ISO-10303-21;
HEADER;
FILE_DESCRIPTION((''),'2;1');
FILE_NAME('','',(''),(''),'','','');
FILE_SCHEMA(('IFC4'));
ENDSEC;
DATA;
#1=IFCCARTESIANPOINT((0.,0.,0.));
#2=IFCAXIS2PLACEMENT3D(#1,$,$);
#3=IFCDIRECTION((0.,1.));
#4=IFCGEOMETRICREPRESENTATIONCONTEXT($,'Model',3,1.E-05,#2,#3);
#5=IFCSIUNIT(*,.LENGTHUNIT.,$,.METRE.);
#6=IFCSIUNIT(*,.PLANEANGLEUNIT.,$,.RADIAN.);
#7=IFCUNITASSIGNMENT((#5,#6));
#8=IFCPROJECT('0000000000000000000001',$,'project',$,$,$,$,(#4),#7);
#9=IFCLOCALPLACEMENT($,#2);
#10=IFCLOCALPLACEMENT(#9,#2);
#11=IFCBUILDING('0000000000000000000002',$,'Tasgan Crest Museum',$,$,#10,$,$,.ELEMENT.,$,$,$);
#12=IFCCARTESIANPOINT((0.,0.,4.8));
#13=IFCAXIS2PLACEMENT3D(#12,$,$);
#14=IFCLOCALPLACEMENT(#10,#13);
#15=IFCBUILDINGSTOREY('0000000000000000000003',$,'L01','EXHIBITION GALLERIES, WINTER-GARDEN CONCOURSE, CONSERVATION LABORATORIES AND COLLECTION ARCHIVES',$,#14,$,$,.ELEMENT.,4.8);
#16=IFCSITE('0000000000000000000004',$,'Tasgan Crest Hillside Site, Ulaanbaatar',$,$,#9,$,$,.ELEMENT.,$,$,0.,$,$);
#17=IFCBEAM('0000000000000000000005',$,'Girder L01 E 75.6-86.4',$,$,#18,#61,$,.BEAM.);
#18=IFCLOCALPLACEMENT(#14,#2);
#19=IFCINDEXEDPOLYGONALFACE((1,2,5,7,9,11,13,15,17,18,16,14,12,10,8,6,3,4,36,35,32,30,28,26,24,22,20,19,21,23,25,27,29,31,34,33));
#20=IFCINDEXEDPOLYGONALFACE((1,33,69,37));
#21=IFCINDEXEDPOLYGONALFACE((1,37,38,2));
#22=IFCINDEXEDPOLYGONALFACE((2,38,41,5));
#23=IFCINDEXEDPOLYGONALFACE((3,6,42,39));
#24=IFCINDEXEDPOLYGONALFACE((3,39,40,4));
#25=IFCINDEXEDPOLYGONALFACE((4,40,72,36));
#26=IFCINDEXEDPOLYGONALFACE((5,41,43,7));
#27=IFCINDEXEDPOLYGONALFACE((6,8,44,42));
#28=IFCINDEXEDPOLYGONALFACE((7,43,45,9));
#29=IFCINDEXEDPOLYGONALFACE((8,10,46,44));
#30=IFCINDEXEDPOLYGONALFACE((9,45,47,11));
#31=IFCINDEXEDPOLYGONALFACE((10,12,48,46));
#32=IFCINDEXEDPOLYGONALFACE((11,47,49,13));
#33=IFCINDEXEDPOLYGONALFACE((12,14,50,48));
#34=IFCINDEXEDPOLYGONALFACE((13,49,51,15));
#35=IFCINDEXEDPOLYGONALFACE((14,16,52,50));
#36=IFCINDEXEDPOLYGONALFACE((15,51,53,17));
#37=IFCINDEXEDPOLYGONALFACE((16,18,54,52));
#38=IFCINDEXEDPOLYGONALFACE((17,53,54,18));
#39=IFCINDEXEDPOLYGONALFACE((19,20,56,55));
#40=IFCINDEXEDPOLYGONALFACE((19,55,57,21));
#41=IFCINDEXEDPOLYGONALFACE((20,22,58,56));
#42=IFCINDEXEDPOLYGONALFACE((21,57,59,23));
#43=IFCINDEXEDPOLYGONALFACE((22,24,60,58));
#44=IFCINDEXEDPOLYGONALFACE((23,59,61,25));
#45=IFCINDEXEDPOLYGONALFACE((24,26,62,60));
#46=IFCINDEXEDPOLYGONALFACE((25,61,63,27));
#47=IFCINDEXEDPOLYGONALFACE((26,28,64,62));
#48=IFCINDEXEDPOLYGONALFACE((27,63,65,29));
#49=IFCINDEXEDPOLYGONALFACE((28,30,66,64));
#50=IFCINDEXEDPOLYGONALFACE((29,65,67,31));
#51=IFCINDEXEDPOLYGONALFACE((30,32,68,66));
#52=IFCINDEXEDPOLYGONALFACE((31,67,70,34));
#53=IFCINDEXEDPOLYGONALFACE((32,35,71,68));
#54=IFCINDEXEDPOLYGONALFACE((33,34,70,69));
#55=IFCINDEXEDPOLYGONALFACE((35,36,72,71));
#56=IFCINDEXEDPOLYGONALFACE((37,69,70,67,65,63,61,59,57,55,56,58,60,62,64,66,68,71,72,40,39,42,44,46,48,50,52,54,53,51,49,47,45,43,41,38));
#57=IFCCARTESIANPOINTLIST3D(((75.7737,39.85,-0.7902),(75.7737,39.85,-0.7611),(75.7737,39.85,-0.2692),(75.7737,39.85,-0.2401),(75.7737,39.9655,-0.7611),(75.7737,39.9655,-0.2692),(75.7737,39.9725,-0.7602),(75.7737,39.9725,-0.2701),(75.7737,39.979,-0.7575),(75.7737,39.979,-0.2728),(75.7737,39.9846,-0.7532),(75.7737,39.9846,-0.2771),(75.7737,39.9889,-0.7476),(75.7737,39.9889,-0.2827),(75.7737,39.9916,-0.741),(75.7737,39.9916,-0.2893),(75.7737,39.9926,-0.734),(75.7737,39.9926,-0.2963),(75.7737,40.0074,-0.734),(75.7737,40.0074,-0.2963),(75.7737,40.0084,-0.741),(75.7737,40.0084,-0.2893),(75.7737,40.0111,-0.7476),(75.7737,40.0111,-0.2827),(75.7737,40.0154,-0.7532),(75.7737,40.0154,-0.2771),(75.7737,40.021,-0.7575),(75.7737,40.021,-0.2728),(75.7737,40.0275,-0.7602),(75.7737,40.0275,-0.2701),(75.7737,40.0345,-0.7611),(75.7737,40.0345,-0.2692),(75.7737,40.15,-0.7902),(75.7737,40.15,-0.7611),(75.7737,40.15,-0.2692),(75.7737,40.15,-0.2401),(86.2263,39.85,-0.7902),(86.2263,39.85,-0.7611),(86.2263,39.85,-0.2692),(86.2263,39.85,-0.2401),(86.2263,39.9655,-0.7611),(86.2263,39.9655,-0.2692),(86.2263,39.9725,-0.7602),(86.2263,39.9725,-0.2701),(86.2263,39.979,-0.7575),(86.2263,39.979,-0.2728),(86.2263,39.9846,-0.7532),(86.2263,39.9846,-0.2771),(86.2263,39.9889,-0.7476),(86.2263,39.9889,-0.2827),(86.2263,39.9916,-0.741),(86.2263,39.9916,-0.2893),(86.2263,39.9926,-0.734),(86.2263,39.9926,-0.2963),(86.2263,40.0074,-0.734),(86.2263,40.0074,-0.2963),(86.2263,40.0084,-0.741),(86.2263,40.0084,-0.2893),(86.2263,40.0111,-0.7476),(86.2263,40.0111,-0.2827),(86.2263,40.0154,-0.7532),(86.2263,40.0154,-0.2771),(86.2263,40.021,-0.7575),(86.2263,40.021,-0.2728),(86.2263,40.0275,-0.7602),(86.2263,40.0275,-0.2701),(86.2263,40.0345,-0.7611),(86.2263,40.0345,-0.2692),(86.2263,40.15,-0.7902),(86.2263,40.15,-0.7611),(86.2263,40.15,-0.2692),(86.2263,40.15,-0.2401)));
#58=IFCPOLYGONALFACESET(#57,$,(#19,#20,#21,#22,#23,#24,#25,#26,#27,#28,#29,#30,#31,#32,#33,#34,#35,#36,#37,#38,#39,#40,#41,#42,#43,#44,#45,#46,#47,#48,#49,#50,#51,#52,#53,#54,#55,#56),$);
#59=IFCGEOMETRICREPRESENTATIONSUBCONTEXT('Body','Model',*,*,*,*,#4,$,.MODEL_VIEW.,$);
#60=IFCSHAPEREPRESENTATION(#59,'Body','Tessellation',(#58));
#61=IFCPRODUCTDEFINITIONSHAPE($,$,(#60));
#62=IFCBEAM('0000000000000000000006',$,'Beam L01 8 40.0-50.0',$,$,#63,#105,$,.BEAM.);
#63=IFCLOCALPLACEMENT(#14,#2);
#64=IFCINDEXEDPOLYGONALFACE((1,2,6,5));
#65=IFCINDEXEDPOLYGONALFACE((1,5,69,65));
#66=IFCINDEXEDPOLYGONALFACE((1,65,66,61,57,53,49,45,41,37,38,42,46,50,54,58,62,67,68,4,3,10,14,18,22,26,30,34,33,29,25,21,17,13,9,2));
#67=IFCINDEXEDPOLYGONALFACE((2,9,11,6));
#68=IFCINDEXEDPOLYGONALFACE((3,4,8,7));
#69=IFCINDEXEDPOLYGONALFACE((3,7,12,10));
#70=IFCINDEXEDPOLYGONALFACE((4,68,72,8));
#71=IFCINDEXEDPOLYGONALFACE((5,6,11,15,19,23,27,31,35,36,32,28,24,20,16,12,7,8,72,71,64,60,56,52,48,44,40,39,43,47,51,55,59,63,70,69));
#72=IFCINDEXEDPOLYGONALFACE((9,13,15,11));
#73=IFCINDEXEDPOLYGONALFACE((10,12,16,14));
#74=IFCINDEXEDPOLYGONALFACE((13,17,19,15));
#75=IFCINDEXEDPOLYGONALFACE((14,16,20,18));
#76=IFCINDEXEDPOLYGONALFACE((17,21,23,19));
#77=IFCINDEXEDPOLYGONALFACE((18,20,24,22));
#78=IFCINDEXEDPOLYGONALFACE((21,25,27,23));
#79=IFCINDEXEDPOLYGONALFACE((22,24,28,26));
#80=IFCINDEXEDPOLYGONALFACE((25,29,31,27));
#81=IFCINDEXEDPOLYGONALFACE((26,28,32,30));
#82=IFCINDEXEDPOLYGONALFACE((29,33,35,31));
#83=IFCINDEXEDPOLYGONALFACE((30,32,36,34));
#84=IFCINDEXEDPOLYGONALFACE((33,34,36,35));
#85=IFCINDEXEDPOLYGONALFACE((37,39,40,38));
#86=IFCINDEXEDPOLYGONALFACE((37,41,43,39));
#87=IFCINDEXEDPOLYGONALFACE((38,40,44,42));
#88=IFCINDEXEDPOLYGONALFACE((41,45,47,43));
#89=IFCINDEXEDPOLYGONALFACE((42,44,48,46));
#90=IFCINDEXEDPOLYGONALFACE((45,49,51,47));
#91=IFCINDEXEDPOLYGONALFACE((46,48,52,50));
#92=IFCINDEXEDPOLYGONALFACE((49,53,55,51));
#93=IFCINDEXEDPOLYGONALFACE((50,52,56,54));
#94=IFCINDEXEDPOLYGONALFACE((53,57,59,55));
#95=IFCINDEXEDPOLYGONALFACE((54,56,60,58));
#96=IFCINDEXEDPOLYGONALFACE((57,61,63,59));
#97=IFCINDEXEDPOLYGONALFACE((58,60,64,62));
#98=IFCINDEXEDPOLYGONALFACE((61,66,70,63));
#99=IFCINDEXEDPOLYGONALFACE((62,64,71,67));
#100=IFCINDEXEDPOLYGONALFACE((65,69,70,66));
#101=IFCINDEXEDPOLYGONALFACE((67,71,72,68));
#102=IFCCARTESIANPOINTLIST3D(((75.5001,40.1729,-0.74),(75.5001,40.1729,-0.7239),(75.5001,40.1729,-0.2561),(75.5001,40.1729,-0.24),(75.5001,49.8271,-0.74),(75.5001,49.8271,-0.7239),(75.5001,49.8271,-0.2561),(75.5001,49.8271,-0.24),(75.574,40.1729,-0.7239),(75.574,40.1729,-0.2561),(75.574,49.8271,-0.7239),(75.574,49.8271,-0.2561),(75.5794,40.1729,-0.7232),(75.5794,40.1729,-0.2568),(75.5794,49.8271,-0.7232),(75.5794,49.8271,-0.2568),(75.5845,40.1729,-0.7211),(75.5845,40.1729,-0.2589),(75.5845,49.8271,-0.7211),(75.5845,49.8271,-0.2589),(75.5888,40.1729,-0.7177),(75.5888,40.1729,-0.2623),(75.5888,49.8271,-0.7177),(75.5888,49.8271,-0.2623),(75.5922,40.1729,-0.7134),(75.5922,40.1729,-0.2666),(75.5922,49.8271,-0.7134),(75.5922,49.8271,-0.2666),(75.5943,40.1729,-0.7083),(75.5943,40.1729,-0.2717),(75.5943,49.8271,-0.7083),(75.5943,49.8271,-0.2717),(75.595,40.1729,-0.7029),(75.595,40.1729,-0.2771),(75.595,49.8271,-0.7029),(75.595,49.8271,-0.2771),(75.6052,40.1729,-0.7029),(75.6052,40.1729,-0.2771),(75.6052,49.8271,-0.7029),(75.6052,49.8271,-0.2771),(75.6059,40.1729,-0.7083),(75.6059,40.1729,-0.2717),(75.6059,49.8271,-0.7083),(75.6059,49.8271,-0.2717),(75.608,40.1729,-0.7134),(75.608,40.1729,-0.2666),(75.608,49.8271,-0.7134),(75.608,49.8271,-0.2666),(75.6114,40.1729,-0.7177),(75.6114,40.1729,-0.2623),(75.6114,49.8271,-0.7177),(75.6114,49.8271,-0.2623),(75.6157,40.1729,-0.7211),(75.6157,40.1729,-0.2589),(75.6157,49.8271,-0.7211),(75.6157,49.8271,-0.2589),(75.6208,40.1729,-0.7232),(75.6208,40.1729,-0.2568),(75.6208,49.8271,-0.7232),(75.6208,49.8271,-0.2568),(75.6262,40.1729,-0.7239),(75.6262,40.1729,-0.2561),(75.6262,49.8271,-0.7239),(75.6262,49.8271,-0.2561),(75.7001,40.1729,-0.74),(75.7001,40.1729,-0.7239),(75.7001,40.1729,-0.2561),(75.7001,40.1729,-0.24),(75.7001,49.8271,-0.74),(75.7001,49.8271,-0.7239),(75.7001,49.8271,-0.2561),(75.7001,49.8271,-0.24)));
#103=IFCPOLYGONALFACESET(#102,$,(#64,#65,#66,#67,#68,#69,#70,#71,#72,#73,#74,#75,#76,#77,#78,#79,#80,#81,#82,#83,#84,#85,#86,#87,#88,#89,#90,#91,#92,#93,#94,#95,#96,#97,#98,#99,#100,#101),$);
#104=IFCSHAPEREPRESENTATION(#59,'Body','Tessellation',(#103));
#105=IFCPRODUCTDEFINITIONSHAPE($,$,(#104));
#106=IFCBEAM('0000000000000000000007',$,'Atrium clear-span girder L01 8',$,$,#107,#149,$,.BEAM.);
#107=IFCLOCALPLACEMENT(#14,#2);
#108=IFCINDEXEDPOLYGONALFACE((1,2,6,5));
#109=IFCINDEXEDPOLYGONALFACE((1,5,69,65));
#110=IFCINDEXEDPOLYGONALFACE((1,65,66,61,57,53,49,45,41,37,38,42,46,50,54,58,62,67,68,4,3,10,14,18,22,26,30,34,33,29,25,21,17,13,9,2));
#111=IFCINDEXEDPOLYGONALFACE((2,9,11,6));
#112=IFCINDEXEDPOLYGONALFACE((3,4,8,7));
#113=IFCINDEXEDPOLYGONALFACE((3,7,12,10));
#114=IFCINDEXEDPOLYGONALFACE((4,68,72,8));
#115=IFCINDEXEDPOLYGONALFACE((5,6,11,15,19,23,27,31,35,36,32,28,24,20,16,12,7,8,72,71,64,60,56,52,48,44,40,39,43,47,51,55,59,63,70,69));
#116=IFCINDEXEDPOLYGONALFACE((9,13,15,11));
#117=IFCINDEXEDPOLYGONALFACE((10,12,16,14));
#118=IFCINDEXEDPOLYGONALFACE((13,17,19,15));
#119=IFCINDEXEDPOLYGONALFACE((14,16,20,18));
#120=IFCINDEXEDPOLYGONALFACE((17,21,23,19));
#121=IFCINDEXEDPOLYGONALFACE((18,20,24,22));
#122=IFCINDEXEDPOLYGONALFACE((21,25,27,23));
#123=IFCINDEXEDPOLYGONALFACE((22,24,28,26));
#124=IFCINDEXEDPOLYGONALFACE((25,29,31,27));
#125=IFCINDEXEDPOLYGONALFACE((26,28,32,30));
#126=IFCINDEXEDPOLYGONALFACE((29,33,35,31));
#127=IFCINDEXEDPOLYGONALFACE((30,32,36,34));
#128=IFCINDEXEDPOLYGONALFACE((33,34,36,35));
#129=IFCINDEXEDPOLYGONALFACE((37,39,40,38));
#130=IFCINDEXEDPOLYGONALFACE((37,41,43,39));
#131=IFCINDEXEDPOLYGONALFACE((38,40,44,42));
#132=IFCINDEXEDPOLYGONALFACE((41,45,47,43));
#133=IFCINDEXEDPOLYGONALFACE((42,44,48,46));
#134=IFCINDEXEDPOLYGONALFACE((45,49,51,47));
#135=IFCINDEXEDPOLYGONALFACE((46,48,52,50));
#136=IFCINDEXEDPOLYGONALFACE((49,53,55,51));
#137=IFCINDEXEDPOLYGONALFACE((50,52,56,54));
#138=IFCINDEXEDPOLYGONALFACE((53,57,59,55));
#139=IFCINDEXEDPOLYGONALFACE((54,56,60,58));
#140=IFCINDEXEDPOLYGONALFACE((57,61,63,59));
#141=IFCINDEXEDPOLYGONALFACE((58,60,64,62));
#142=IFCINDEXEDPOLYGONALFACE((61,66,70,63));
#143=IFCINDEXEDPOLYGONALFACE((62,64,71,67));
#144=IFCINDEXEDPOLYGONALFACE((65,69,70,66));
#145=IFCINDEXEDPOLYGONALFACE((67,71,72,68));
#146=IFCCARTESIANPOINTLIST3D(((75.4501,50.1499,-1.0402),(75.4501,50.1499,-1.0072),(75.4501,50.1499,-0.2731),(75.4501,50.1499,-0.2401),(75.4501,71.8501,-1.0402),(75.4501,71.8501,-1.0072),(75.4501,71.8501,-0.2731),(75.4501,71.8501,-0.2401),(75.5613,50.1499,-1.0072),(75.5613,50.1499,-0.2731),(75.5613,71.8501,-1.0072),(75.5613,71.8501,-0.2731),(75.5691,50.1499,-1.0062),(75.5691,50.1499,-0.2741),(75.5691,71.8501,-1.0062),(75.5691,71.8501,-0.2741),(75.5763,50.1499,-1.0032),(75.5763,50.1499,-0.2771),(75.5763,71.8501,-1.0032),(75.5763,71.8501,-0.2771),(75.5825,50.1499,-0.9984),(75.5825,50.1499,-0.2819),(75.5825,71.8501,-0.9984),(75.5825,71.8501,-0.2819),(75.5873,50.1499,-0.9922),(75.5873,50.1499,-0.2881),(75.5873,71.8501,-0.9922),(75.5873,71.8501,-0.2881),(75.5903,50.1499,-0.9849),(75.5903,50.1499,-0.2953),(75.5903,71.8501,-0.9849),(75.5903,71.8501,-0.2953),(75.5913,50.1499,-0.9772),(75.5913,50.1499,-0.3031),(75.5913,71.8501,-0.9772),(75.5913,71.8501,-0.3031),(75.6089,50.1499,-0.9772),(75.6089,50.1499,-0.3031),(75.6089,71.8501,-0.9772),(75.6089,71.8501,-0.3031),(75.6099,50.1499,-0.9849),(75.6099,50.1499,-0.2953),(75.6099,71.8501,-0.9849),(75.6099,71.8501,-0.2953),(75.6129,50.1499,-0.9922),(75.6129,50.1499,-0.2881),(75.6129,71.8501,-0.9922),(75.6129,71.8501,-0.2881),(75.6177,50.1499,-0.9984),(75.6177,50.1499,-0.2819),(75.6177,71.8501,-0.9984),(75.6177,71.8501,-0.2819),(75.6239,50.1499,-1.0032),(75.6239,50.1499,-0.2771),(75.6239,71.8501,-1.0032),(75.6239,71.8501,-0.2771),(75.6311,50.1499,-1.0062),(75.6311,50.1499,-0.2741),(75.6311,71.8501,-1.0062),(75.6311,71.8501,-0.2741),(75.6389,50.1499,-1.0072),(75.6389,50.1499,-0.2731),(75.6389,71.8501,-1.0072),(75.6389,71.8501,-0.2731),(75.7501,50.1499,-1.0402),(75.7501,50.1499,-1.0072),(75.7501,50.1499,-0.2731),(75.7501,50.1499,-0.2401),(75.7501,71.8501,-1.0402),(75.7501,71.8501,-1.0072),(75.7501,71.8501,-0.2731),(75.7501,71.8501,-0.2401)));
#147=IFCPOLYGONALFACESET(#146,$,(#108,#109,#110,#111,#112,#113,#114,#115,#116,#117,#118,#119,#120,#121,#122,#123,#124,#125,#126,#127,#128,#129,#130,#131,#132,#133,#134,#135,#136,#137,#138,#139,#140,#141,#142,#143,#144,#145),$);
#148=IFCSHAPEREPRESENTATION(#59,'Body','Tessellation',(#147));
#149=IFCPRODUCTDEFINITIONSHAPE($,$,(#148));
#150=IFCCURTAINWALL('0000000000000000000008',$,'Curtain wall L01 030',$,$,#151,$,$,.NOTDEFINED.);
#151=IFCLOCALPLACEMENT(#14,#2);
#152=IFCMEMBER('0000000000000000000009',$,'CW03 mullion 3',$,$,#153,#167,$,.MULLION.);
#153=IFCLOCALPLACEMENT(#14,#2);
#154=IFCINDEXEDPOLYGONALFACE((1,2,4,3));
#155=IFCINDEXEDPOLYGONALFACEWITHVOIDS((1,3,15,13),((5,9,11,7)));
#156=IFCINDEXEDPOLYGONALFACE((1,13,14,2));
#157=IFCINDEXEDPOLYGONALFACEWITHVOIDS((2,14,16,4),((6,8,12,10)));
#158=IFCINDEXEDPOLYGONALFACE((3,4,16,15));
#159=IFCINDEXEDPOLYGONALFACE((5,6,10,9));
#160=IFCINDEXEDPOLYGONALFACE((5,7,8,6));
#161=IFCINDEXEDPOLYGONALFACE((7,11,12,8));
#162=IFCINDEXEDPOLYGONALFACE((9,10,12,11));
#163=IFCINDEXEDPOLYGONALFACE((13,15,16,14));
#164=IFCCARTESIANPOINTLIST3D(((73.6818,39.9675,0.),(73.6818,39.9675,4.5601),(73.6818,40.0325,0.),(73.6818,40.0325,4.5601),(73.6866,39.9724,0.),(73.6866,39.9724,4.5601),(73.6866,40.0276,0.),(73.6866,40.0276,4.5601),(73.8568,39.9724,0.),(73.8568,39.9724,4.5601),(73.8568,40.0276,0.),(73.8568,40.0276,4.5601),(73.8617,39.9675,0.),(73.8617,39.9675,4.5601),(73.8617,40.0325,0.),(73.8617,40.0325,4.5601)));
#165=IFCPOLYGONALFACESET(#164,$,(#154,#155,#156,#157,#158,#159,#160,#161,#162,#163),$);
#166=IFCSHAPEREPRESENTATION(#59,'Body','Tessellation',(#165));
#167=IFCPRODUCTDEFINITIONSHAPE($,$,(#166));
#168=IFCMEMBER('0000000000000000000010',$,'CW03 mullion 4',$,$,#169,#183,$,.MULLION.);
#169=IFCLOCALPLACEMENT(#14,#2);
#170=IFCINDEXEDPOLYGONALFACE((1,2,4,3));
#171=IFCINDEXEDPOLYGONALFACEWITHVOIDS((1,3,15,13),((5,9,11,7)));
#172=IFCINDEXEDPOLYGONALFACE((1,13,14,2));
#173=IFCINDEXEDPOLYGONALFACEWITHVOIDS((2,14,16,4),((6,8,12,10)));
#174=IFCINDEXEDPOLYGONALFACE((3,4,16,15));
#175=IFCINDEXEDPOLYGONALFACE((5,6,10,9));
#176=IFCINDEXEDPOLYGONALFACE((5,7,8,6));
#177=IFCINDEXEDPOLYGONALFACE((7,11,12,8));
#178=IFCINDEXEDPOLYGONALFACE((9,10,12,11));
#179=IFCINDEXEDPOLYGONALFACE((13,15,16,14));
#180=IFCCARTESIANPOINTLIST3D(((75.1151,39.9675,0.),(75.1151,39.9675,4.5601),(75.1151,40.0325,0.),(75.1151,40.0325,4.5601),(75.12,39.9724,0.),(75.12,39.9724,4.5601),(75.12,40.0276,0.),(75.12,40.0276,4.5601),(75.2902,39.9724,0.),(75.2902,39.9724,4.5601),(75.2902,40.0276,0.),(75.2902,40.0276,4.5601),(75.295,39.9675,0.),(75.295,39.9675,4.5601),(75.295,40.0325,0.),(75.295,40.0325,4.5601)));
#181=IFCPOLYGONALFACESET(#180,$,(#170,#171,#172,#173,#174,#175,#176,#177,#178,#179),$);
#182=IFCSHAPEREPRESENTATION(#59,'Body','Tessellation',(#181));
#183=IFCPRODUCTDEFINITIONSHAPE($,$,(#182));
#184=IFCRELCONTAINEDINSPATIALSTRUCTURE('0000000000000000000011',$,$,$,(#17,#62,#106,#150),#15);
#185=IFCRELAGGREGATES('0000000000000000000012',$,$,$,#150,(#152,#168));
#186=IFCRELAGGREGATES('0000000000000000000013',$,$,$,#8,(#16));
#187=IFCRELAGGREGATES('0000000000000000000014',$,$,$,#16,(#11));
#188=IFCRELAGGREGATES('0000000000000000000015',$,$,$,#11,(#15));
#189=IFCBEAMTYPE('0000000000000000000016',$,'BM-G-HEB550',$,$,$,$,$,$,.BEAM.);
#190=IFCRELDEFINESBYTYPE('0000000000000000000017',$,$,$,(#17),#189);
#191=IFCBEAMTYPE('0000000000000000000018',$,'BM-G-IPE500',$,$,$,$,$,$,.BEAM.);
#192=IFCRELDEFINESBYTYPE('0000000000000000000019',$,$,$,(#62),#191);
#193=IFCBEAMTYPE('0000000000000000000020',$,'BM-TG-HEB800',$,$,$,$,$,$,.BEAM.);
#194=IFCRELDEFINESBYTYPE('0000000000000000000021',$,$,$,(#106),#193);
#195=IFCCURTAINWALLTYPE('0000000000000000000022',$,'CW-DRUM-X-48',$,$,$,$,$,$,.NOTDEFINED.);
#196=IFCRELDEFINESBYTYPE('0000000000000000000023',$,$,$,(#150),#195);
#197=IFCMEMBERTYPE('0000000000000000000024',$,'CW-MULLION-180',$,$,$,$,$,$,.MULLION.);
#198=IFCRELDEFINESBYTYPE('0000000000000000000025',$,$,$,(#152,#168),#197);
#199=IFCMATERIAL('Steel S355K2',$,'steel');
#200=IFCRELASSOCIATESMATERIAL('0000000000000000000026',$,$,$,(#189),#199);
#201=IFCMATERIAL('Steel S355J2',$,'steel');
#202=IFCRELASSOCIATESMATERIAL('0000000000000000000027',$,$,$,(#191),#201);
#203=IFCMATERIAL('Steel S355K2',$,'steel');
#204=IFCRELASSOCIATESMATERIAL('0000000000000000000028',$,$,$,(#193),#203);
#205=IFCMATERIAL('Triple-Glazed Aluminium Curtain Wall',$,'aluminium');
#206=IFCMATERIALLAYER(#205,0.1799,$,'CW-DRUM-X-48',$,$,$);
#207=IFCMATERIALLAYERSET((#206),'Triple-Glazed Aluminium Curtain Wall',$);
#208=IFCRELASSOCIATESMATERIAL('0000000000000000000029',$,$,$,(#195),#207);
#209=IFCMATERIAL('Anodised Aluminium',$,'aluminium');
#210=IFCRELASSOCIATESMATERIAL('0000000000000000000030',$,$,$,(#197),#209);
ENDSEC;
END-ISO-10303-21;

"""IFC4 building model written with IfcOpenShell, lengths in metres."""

from ifc_helpers import new_model, si_unit, direction, frame, origin, origin_2d, place, context, subcontext, project, spatial, hollow_rectangle, i_section, extrude, material, layer, layer_set, material_profile, profile_set, type_object, element, aggregate, save


model = new_model("IFC4")

# Units and contexts
model_context = context("Model", 3, precision=1e-05, world=origin(), true_north=direction((0.0, 1.0)))
body_context = subcontext(model_context, "Body", "Model", "MODEL_VIEW")
ifc_project = project(units=[si_unit("LENGTHUNIT", "METRE"), si_unit("PLANEANGLEUNIT", "RADIAN")], contexts=[model_context])

# Site, building, storey
site_placement = place(None, origin())
site = spatial("IfcSite", under=ifc_project, at=site_placement, Name="Tasgan Crest Hillside Site, Ulaanbaatar", CompositionType="ELEMENT", RefElevation=0.0)
building_placement = place(site_placement, origin())
building = spatial("IfcBuilding", under=site, at=building_placement, Name="Tasgan Crest Museum", CompositionType="ELEMENT")
storey_placement = place(building_placement, frame((0.0, 0.0, 4.8)))
storey = spatial("IfcBuildingStorey", under=building, at=storey_placement, Name="L01", Description="EXHIBITION GALLERIES, WINTER-GARDEN CONCOURSE, CONSERVATION LABORATORIES AND COLLECTION ARCHIVES", CompositionType="ELEMENT", Elevation=4.8)

# Beams
ifc_material_1 = material(Name="Steel S355K2", Category="steel")
ifc_material_profile_1 = material_profile(ifc_material_1, i_section(OverallWidth=0.3, OverallDepth=0.55, WebThickness=0.0149, FlangeThickness=0.0291, FilletRadius=0.0271, at=origin_2d()), Name="HEB 550")
ifc_profile_set_1 = profile_set([ifc_material_profile_1], Name="Steel S355K2")
beam_type_1 = type_object("IfcBeamType", Name="BM-G-HEB550", PredefinedType="BEAM", material=ifc_profile_set_1)
beam_1_placement = place(storey_placement, frame((75.7737, 40.0, -0.5151), z_axis=(1.0, 0.0, 0.0), x_axis=(0.0, 1.0, 0.0)))
element("IfcBeam", 1, at=beam_1_placement, inside=storey, type_object=beam_type_1, Name="Girder L01 E 75.6-86.4", PredefinedType="BEAM", context=body_context, shape_type="SweptSolid", body=[
    extrude(i_section(OverallWidth=0.3, OverallDepth=0.55, WebThickness=0.0149, FlangeThickness=0.0291, FilletRadius=0.0271, at=origin_2d()), origin(), (0.0, 0.0, 1.0), 10.4526),
])
ifc_material_2 = material(Name="Steel S355J2", Category="steel")
ifc_material_profile_2 = material_profile(ifc_material_2, i_section(OverallWidth=0.2, OverallDepth=0.5, WebThickness=0.0103, FlangeThickness=0.0161, FilletRadius=0.021, at=origin_2d()), Name="IPE 500")
ifc_profile_set_2 = profile_set([ifc_material_profile_2], Name="Steel S355J2")
beam_type_2 = type_object("IfcBeamType", Name="BM-G-IPE500", PredefinedType="BEAM", material=ifc_profile_set_2)
beam_2_placement = place(storey_placement, frame((75.6001, 40.1729, -0.49), z_axis=(0.0, 1.0, 0.0), x_axis=(-1.0, 0.0, 0.0)))
element("IfcBeam", 2, at=beam_2_placement, inside=storey, type_object=beam_type_2, Name="Beam L01 8 40.0-50.0", PredefinedType="BEAM", context=body_context, shape_type="SweptSolid", body=[
    extrude(i_section(OverallWidth=0.2, OverallDepth=0.5, WebThickness=0.0103, FlangeThickness=0.0161, FilletRadius=0.021, at=origin_2d()), origin(), (0.0, 0.0, 1.0), 9.6543),
])
ifc_material_3 = material(Name="Steel S355K2", Category="steel")
ifc_material_profile_3 = material_profile(ifc_material_3, i_section(OverallWidth=0.3, OverallDepth=0.8, WebThickness=0.0176, FlangeThickness=0.033, FilletRadius=0.03, at=origin_2d()), Name="HEB 800")
ifc_profile_set_3 = profile_set([ifc_material_profile_3], Name="Steel S355K2")
beam_type_3 = type_object("IfcBeamType", Name="BM-TG-HEB800", PredefinedType="BEAM", material=ifc_profile_set_3)
beam_3_placement = place(storey_placement, frame((75.6001, 50.1499, -0.6401), z_axis=(0.0, 1.0, 0.0), x_axis=(-1.0, 0.0, 0.0)))
element("IfcBeam", 3, at=beam_3_placement, inside=storey, type_object=beam_type_3, Name="Atrium clear-span girder L01 8", PredefinedType="BEAM", context=body_context, shape_type="SweptSolid", body=[
    extrude(i_section(OverallWidth=0.3, OverallDepth=0.8, WebThickness=0.0176, FlangeThickness=0.033, FilletRadius=0.03, at=origin_2d()), origin(), (0.0, 0.0, 1.0), 21.7002),
])

# Curtain wall, members
ifc_material_4 = material(Name="Triple-Glazed Aluminium Curtain Wall", Category="aluminium")
ifc_layer_1 = layer(ifc_material_4, 0.1799, Name="CW-DRUM-X-48")
ifc_layer_set_1 = layer_set([ifc_layer_1], Name="Triple-Glazed Aluminium Curtain Wall")
curtain_wall_type = type_object("IfcCurtainWallType", Name="CW-DRUM-X-48", PredefinedType="NOTDEFINED", material=ifc_layer_set_1)
curtain_wall_1_placement = place(storey_placement, origin())
curtain_wall_1 = element("IfcCurtainWall", 4, at=curtain_wall_1_placement, inside=storey, type_object=curtain_wall_type, Name="Curtain wall L01 030", PredefinedType="NOTDEFINED")
ifc_material_5 = material(Name="Anodised Aluminium", Category="aluminium")
ifc_material_profile_4 = material_profile(ifc_material_5, hollow_rectangle(XDim=0.0649, YDim=0.1799, WallThickness=0.0049, at=origin_2d()), Name="ALU MULLION 180x65x5")
ifc_profile_set_4 = profile_set([ifc_material_profile_4], Name="Anodised Aluminium")
member_type_1 = type_object("IfcMemberType", Name="CW-MULLION-180", PredefinedType="MULLION", material=ifc_profile_set_4)
member_1_placement = place(storey_placement, frame((73.7717, 40.0, 0.0), z_axis=(0.0, 0.0, 1.0), x_axis=(0.0, 1.0, 0.0)))
member_1 = element("IfcMember", 5, at=member_1_placement, type_object=member_type_1, Name="CW03 mullion 3", PredefinedType="MULLION", context=body_context, shape_type="SweptSolid", body=[
    extrude(hollow_rectangle(XDim=0.0649, YDim=0.1799, WallThickness=0.0049, at=origin_2d()), origin(), (0.0, 0.0, 1.0), 4.5601),
])
member_2_placement = place(storey_placement, frame((75.2051, 40.0, 0.0), z_axis=(0.0, 0.0, 1.0), x_axis=(0.0, 1.0, 0.0)))
member_2 = element("IfcMember", 6, at=member_2_placement, type_object=member_type_1, Name="CW03 mullion 4", PredefinedType="MULLION", context=body_context, shape_type="SweptSolid", body=[
    extrude(hollow_rectangle(XDim=0.0649, YDim=0.1799, WallThickness=0.0049, at=origin_2d()), origin(), (0.0, 0.0, 1.0), 4.5601),
])

aggregate(curtain_wall_1, [member_1, member_2])

save(model, "model.ifc")
